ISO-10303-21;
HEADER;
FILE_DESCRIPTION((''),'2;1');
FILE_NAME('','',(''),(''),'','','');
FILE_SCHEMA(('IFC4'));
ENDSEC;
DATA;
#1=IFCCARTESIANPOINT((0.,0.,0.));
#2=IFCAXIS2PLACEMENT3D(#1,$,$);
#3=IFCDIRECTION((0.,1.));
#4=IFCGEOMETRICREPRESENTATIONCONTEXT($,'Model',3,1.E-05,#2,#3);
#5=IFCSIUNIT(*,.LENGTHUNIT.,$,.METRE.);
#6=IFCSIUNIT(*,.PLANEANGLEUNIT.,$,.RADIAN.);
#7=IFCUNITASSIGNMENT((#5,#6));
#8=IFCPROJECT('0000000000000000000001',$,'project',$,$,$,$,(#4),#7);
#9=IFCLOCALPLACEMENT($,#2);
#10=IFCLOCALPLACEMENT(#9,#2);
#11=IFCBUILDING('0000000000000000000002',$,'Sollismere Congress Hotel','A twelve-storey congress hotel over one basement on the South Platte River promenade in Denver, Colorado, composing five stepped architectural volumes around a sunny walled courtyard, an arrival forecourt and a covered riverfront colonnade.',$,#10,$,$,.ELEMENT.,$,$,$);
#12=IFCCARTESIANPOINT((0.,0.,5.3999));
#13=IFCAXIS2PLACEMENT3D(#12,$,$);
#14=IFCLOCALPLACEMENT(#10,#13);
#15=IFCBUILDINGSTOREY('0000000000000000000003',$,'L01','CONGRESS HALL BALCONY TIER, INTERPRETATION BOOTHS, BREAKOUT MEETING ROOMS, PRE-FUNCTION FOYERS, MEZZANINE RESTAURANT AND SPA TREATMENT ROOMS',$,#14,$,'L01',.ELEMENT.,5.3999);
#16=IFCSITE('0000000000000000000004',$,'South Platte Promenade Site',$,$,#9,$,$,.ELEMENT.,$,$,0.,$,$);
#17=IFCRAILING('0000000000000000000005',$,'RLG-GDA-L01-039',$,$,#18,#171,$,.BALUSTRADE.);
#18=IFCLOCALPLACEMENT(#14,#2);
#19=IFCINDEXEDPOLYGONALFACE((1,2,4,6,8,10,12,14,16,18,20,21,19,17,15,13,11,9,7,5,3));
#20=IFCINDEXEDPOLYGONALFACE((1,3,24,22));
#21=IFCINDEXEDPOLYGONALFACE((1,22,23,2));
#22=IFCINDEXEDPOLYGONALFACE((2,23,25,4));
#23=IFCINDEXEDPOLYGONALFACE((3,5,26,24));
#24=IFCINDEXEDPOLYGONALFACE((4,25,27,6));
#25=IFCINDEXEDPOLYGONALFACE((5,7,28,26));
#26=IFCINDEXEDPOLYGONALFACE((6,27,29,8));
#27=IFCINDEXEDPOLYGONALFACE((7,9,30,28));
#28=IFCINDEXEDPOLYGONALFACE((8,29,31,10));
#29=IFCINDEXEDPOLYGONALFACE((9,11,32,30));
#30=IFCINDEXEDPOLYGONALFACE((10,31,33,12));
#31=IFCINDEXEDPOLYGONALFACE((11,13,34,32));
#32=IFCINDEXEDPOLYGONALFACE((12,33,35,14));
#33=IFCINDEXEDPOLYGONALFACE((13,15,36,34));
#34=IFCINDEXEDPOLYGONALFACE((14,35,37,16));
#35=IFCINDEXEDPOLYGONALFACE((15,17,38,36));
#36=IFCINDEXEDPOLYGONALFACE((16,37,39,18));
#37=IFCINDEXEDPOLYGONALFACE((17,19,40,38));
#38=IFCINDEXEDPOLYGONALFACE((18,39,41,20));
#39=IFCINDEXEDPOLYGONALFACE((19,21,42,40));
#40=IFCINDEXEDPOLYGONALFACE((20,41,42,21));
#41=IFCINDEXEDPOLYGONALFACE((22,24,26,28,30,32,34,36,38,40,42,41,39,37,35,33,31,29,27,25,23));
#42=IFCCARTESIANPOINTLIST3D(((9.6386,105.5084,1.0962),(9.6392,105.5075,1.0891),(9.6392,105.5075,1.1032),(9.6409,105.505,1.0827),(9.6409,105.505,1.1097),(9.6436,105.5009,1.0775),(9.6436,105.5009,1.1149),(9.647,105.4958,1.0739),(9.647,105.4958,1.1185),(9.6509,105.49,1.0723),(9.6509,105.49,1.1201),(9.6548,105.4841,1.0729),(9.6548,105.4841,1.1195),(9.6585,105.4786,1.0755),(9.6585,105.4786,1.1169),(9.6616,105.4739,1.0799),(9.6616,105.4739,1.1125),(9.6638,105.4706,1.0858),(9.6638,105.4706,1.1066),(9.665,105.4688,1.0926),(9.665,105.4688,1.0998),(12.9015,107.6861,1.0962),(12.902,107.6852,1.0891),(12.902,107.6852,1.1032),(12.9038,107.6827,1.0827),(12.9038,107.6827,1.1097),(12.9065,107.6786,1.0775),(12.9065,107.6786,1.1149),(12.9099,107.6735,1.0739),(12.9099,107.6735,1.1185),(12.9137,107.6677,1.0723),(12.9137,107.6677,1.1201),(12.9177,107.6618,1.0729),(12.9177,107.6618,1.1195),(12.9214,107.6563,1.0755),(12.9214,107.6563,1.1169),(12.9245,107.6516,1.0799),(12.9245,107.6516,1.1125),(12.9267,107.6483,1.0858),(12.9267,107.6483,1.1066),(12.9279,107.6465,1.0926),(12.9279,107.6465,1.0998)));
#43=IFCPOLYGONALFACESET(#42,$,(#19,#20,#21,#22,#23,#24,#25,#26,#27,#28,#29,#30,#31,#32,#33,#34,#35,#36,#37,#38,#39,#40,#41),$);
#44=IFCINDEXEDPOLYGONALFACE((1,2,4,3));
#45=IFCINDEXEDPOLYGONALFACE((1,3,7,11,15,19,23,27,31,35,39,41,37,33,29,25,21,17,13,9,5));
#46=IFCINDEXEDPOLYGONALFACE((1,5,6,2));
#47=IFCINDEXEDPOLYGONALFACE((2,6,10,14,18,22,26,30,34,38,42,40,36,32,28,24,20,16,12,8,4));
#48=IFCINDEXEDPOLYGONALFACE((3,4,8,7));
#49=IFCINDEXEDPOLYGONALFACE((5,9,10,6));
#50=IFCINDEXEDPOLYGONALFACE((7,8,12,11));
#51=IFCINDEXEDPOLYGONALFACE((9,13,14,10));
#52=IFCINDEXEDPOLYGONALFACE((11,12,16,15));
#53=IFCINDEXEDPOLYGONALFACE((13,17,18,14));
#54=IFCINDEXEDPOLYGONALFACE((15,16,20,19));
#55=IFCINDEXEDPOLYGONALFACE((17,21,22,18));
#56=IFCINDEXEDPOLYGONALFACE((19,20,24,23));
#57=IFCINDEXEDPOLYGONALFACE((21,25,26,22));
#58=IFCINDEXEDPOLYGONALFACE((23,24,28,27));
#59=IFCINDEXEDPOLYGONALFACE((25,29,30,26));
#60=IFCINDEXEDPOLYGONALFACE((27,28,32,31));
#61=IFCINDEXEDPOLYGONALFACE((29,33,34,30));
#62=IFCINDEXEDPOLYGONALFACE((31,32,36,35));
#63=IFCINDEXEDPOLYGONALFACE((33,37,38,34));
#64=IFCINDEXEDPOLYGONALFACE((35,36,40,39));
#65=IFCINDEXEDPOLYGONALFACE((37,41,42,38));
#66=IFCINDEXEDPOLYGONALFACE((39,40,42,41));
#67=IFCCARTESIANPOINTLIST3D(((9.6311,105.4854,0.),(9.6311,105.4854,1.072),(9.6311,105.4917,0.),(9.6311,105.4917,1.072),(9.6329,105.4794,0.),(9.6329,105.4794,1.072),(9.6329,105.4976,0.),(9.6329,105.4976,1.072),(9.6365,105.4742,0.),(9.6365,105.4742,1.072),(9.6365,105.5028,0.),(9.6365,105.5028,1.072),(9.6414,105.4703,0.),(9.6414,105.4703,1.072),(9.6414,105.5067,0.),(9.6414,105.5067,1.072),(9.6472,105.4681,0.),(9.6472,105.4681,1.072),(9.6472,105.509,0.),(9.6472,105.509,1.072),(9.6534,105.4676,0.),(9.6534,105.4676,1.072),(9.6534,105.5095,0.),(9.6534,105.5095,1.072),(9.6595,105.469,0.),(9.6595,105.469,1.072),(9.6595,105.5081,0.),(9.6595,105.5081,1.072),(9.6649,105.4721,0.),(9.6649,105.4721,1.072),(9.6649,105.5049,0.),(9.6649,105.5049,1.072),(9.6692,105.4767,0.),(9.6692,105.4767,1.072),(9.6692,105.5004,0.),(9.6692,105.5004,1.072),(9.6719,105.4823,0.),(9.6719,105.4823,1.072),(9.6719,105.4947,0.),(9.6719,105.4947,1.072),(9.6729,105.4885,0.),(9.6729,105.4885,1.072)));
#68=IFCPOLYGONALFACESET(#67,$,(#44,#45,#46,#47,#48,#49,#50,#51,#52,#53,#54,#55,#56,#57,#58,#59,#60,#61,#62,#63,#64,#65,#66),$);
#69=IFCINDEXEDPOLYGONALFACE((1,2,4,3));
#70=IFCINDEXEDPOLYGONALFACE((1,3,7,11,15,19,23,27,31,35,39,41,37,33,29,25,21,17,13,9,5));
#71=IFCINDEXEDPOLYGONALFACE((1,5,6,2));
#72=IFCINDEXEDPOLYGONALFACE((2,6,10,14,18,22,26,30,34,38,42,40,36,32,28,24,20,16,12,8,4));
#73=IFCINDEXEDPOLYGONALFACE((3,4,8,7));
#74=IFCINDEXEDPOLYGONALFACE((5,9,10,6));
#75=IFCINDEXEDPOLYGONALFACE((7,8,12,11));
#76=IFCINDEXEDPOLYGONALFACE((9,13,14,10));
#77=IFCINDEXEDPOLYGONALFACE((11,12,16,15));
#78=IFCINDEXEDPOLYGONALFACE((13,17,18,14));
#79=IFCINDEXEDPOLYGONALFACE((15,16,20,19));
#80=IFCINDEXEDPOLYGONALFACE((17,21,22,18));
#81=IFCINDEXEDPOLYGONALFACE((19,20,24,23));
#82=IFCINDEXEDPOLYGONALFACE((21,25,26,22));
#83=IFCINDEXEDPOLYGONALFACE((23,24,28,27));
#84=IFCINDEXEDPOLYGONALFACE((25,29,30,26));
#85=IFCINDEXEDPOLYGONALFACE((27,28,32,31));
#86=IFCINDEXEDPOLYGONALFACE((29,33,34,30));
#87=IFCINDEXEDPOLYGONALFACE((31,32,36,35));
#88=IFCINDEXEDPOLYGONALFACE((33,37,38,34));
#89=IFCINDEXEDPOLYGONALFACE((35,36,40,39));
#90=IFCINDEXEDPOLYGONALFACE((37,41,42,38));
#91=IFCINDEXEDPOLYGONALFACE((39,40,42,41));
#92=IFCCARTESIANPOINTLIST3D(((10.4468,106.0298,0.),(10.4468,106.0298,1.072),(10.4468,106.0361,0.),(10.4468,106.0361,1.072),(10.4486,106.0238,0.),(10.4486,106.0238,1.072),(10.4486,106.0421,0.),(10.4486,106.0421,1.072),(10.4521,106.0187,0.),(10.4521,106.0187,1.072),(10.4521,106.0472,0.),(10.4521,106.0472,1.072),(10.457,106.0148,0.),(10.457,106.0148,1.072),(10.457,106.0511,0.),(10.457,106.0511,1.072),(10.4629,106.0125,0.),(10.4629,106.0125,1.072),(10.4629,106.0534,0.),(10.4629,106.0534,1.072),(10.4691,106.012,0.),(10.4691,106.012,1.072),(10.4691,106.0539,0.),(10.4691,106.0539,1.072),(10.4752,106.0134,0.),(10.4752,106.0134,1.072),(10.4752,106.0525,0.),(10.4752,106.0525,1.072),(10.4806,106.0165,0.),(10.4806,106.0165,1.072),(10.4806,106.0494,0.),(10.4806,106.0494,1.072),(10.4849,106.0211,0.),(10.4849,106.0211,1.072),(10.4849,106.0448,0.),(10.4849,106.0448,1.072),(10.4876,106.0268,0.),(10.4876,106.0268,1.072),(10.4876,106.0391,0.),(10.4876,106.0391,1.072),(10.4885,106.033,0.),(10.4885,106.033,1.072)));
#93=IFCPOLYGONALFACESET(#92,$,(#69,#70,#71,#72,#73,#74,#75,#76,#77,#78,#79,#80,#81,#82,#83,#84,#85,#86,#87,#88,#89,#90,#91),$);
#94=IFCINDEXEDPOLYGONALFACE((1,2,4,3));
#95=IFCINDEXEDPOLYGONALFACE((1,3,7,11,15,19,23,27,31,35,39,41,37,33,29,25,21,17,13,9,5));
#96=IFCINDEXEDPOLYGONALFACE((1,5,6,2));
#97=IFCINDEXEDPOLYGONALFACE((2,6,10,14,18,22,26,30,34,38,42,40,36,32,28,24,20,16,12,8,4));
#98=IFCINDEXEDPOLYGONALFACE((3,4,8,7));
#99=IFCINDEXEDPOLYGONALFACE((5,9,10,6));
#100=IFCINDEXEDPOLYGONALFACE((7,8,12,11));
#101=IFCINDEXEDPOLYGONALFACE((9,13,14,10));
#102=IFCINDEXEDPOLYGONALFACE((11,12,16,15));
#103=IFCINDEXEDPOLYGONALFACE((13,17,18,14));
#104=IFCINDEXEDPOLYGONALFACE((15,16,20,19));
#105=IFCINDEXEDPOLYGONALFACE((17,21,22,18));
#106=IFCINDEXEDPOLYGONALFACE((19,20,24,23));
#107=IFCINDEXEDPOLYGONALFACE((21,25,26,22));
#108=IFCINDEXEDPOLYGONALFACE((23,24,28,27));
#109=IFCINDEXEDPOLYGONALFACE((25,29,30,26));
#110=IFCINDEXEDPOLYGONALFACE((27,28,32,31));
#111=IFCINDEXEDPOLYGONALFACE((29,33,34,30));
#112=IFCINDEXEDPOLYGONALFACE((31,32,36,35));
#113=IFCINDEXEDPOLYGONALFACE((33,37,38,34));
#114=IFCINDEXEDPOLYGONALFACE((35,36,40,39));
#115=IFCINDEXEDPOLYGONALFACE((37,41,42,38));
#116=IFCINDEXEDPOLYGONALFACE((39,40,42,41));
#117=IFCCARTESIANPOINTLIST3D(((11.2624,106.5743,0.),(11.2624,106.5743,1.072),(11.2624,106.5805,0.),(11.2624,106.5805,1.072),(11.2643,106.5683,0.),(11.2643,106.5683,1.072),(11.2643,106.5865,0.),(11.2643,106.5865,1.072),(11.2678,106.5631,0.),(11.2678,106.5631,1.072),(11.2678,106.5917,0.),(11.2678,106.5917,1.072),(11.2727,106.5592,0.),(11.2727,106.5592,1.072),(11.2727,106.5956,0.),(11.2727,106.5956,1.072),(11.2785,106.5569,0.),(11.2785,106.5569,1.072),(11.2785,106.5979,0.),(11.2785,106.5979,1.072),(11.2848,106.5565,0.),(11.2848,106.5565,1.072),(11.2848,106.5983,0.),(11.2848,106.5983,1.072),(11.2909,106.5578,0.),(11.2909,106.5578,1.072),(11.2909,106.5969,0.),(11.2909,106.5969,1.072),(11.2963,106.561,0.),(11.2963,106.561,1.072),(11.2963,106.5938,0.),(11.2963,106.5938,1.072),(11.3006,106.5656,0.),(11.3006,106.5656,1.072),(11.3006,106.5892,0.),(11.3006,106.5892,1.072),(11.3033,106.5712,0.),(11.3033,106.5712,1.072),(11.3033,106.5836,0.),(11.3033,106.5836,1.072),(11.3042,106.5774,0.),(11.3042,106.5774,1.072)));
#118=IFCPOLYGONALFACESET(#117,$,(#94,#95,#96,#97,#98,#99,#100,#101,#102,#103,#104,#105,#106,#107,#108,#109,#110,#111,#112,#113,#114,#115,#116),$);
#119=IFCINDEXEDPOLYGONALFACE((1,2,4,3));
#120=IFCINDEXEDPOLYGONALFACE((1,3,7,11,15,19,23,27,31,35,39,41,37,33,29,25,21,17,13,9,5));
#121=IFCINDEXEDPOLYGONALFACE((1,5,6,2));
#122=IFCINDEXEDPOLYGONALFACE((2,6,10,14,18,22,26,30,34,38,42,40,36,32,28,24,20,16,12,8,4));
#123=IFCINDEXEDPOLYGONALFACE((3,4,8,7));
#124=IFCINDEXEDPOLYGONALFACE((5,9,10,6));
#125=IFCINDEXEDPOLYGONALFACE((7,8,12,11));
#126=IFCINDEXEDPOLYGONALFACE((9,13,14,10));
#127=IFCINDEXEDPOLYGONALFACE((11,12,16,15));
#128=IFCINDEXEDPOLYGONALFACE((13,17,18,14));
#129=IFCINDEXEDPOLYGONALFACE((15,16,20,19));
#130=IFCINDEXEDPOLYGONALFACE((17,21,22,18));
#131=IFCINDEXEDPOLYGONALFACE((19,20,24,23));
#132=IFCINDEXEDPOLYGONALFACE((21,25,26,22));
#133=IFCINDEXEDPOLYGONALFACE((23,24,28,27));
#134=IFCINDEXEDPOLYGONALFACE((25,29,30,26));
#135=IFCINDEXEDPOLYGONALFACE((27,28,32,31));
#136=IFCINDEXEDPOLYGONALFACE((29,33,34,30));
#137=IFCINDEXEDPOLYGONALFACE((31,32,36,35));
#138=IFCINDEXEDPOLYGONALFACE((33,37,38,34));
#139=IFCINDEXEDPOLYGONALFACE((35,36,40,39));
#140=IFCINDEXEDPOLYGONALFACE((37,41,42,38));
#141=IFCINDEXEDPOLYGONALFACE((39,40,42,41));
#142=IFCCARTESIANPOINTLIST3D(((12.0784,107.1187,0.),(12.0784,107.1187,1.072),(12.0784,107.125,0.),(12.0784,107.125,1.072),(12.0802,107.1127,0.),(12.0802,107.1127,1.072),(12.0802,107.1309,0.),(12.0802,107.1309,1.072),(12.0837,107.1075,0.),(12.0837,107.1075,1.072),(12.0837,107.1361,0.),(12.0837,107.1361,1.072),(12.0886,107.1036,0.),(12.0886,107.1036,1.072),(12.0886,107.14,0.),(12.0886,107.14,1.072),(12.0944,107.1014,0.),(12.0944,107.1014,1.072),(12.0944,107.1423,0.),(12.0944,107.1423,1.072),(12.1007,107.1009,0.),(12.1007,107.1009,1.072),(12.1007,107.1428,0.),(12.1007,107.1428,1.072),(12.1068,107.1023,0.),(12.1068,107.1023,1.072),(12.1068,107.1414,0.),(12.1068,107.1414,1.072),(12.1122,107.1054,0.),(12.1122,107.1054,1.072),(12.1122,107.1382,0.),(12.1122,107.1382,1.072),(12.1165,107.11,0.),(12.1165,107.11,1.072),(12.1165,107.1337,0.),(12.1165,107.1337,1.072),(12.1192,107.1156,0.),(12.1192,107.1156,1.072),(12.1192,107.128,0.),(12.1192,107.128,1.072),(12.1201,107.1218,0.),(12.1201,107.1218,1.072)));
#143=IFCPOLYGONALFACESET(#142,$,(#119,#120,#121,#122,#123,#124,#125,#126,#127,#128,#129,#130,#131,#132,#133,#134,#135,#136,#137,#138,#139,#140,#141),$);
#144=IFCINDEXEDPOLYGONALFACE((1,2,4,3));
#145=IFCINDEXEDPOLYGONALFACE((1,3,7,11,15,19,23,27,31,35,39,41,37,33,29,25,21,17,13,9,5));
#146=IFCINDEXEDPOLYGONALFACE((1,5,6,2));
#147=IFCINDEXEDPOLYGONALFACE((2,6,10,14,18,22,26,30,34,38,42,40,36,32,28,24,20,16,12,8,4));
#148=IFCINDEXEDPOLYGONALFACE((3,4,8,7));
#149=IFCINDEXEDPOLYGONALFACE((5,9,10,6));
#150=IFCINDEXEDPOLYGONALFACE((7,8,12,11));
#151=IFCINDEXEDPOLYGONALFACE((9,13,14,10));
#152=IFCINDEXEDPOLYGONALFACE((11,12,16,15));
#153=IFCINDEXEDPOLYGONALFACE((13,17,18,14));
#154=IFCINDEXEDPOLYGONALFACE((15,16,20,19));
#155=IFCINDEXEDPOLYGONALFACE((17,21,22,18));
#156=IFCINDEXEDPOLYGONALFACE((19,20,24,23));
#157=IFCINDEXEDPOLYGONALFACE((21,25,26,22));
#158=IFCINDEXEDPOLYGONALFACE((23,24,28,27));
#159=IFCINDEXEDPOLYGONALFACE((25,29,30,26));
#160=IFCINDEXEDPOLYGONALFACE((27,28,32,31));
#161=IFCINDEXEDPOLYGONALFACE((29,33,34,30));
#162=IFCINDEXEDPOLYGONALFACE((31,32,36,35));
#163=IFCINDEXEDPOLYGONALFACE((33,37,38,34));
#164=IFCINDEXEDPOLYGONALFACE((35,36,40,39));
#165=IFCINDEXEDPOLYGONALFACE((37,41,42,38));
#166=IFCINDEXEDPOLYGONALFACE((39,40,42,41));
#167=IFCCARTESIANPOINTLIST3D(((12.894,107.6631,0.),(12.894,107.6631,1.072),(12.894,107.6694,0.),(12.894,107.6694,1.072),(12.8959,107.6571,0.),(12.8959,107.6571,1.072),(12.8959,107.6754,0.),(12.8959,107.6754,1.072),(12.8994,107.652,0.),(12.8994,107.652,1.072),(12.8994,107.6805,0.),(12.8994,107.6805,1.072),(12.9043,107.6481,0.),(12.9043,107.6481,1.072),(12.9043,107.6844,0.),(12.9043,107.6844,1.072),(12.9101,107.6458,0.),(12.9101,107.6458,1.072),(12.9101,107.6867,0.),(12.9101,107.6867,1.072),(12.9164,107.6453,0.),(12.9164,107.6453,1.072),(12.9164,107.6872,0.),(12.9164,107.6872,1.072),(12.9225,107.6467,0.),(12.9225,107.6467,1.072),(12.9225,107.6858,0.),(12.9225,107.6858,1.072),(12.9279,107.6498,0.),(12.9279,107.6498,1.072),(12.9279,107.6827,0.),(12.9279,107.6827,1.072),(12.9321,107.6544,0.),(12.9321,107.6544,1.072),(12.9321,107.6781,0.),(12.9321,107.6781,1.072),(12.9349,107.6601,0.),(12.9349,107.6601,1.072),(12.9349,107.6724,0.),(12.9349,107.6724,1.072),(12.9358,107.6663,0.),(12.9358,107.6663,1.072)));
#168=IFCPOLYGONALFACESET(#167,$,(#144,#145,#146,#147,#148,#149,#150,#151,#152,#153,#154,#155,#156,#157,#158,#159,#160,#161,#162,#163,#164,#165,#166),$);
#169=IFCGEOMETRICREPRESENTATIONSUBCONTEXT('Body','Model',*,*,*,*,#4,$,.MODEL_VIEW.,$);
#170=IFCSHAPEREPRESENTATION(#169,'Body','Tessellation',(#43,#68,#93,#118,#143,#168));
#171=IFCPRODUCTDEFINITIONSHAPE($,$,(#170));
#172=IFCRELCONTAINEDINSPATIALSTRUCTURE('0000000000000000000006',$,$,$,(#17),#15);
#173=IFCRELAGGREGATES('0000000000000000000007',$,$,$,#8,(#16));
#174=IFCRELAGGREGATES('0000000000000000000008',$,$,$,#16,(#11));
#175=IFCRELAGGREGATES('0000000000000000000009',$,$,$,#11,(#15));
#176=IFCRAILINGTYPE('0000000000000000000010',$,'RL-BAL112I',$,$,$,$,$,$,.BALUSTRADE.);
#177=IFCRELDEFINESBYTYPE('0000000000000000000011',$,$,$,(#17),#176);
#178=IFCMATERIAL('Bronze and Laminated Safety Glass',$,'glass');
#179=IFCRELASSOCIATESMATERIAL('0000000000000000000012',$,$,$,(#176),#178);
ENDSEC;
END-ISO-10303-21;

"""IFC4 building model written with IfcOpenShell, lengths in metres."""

from ifc_helpers import new_model, si_unit, direction, frame, origin, origin_2d, place, context, subcontext, project, spatial, circle, extrude, material, type_object, element, save


model = new_model("IFC4")

# Units and contexts
model_context = context("Model", 3, precision=1e-05, world=origin(), true_north=direction((0.0, 1.0)))
body_context = subcontext(model_context, "Body", "Model", "MODEL_VIEW")
ifc_project = project(units=[si_unit("LENGTHUNIT", "METRE"), si_unit("PLANEANGLEUNIT", "RADIAN")], contexts=[model_context])

# Site, building, storey
site_placement = place(None, origin())
site = spatial("IfcSite", under=ifc_project, at=site_placement, Name="South Platte Promenade Site", CompositionType="ELEMENT", RefElevation=0.0)
building_placement = place(site_placement, origin())
building = spatial("IfcBuilding", under=site, at=building_placement, Name="Sollismere Congress Hotel", Description="A twelve-storey congress hotel over one basement on the South Platte River promenade in Denver, Colorado, composing five stepped architectural volumes around a sunny walled courtyard, an arrival forecourt and a covered riverfront colonnade.", CompositionType="ELEMENT")
storey_placement = place(building_placement, frame((0.0, 0.0, 5.3999)))
storey = spatial("IfcBuildingStorey", under=building, at=storey_placement, Name="L01", Description="CONGRESS HALL BALCONY TIER, INTERPRETATION BOOTHS, BREAKOUT MEETING ROOMS, PRE-FUNCTION FOYERS, MEZZANINE RESTAURANT AND SPA TREATMENT ROOMS", LongName="L01", CompositionType="ELEMENT", Elevation=5.3999)

# Railing
ifc_material_1 = material(Name="Bronze and Laminated Safety Glass", Category="glass")
railing_type = type_object("IfcRailingType", Name="RL-BAL112I", PredefinedType="BALUSTRADE", material=ifc_material_1)
railing_1_placement = place(storey_placement, frame((9.6519, 105.4885, 0.0)))
element("IfcRailing", 1, at=railing_1_placement, inside=storey, type_object=railing_type, Name="RLG-GDA-L01-039", PredefinedType="BALUSTRADE", context=body_context, shape_type="SweptSolid", body=[
    extrude(circle(Radius=0.0239, at=origin_2d()), frame((0.0, 0.0, 1.0962), z_axis=(0.831763, 0.555131, 0.0), x_axis=(-0.555131, 0.831763, 0.0)), (0.0, 0.0, 1.0), 3.9229),
    extrude(circle(Radius=0.021, at=origin_2d()), origin(), (0.0, 0.0, 1.0), 1.072),
    extrude(circle(Radius=0.021, at=origin_2d()), frame((0.8157, 0.5444, 0.0)), (0.0, 0.0, 1.0), 1.072),
    extrude(circle(Radius=0.021, at=origin_2d()), frame((1.6313, 1.0889, 0.0)), (0.0, 0.0, 1.0), 1.072),
    extrude(circle(Radius=0.021, at=origin_2d()), frame((2.4473, 1.6333, 0.0)), (0.0, 0.0, 1.0), 1.072),
    extrude(circle(Radius=0.021, at=origin_2d()), frame((3.2629, 2.1777, 0.0)), (0.0, 0.0, 1.0), 1.072),
])

save(model, "model.ifc")
